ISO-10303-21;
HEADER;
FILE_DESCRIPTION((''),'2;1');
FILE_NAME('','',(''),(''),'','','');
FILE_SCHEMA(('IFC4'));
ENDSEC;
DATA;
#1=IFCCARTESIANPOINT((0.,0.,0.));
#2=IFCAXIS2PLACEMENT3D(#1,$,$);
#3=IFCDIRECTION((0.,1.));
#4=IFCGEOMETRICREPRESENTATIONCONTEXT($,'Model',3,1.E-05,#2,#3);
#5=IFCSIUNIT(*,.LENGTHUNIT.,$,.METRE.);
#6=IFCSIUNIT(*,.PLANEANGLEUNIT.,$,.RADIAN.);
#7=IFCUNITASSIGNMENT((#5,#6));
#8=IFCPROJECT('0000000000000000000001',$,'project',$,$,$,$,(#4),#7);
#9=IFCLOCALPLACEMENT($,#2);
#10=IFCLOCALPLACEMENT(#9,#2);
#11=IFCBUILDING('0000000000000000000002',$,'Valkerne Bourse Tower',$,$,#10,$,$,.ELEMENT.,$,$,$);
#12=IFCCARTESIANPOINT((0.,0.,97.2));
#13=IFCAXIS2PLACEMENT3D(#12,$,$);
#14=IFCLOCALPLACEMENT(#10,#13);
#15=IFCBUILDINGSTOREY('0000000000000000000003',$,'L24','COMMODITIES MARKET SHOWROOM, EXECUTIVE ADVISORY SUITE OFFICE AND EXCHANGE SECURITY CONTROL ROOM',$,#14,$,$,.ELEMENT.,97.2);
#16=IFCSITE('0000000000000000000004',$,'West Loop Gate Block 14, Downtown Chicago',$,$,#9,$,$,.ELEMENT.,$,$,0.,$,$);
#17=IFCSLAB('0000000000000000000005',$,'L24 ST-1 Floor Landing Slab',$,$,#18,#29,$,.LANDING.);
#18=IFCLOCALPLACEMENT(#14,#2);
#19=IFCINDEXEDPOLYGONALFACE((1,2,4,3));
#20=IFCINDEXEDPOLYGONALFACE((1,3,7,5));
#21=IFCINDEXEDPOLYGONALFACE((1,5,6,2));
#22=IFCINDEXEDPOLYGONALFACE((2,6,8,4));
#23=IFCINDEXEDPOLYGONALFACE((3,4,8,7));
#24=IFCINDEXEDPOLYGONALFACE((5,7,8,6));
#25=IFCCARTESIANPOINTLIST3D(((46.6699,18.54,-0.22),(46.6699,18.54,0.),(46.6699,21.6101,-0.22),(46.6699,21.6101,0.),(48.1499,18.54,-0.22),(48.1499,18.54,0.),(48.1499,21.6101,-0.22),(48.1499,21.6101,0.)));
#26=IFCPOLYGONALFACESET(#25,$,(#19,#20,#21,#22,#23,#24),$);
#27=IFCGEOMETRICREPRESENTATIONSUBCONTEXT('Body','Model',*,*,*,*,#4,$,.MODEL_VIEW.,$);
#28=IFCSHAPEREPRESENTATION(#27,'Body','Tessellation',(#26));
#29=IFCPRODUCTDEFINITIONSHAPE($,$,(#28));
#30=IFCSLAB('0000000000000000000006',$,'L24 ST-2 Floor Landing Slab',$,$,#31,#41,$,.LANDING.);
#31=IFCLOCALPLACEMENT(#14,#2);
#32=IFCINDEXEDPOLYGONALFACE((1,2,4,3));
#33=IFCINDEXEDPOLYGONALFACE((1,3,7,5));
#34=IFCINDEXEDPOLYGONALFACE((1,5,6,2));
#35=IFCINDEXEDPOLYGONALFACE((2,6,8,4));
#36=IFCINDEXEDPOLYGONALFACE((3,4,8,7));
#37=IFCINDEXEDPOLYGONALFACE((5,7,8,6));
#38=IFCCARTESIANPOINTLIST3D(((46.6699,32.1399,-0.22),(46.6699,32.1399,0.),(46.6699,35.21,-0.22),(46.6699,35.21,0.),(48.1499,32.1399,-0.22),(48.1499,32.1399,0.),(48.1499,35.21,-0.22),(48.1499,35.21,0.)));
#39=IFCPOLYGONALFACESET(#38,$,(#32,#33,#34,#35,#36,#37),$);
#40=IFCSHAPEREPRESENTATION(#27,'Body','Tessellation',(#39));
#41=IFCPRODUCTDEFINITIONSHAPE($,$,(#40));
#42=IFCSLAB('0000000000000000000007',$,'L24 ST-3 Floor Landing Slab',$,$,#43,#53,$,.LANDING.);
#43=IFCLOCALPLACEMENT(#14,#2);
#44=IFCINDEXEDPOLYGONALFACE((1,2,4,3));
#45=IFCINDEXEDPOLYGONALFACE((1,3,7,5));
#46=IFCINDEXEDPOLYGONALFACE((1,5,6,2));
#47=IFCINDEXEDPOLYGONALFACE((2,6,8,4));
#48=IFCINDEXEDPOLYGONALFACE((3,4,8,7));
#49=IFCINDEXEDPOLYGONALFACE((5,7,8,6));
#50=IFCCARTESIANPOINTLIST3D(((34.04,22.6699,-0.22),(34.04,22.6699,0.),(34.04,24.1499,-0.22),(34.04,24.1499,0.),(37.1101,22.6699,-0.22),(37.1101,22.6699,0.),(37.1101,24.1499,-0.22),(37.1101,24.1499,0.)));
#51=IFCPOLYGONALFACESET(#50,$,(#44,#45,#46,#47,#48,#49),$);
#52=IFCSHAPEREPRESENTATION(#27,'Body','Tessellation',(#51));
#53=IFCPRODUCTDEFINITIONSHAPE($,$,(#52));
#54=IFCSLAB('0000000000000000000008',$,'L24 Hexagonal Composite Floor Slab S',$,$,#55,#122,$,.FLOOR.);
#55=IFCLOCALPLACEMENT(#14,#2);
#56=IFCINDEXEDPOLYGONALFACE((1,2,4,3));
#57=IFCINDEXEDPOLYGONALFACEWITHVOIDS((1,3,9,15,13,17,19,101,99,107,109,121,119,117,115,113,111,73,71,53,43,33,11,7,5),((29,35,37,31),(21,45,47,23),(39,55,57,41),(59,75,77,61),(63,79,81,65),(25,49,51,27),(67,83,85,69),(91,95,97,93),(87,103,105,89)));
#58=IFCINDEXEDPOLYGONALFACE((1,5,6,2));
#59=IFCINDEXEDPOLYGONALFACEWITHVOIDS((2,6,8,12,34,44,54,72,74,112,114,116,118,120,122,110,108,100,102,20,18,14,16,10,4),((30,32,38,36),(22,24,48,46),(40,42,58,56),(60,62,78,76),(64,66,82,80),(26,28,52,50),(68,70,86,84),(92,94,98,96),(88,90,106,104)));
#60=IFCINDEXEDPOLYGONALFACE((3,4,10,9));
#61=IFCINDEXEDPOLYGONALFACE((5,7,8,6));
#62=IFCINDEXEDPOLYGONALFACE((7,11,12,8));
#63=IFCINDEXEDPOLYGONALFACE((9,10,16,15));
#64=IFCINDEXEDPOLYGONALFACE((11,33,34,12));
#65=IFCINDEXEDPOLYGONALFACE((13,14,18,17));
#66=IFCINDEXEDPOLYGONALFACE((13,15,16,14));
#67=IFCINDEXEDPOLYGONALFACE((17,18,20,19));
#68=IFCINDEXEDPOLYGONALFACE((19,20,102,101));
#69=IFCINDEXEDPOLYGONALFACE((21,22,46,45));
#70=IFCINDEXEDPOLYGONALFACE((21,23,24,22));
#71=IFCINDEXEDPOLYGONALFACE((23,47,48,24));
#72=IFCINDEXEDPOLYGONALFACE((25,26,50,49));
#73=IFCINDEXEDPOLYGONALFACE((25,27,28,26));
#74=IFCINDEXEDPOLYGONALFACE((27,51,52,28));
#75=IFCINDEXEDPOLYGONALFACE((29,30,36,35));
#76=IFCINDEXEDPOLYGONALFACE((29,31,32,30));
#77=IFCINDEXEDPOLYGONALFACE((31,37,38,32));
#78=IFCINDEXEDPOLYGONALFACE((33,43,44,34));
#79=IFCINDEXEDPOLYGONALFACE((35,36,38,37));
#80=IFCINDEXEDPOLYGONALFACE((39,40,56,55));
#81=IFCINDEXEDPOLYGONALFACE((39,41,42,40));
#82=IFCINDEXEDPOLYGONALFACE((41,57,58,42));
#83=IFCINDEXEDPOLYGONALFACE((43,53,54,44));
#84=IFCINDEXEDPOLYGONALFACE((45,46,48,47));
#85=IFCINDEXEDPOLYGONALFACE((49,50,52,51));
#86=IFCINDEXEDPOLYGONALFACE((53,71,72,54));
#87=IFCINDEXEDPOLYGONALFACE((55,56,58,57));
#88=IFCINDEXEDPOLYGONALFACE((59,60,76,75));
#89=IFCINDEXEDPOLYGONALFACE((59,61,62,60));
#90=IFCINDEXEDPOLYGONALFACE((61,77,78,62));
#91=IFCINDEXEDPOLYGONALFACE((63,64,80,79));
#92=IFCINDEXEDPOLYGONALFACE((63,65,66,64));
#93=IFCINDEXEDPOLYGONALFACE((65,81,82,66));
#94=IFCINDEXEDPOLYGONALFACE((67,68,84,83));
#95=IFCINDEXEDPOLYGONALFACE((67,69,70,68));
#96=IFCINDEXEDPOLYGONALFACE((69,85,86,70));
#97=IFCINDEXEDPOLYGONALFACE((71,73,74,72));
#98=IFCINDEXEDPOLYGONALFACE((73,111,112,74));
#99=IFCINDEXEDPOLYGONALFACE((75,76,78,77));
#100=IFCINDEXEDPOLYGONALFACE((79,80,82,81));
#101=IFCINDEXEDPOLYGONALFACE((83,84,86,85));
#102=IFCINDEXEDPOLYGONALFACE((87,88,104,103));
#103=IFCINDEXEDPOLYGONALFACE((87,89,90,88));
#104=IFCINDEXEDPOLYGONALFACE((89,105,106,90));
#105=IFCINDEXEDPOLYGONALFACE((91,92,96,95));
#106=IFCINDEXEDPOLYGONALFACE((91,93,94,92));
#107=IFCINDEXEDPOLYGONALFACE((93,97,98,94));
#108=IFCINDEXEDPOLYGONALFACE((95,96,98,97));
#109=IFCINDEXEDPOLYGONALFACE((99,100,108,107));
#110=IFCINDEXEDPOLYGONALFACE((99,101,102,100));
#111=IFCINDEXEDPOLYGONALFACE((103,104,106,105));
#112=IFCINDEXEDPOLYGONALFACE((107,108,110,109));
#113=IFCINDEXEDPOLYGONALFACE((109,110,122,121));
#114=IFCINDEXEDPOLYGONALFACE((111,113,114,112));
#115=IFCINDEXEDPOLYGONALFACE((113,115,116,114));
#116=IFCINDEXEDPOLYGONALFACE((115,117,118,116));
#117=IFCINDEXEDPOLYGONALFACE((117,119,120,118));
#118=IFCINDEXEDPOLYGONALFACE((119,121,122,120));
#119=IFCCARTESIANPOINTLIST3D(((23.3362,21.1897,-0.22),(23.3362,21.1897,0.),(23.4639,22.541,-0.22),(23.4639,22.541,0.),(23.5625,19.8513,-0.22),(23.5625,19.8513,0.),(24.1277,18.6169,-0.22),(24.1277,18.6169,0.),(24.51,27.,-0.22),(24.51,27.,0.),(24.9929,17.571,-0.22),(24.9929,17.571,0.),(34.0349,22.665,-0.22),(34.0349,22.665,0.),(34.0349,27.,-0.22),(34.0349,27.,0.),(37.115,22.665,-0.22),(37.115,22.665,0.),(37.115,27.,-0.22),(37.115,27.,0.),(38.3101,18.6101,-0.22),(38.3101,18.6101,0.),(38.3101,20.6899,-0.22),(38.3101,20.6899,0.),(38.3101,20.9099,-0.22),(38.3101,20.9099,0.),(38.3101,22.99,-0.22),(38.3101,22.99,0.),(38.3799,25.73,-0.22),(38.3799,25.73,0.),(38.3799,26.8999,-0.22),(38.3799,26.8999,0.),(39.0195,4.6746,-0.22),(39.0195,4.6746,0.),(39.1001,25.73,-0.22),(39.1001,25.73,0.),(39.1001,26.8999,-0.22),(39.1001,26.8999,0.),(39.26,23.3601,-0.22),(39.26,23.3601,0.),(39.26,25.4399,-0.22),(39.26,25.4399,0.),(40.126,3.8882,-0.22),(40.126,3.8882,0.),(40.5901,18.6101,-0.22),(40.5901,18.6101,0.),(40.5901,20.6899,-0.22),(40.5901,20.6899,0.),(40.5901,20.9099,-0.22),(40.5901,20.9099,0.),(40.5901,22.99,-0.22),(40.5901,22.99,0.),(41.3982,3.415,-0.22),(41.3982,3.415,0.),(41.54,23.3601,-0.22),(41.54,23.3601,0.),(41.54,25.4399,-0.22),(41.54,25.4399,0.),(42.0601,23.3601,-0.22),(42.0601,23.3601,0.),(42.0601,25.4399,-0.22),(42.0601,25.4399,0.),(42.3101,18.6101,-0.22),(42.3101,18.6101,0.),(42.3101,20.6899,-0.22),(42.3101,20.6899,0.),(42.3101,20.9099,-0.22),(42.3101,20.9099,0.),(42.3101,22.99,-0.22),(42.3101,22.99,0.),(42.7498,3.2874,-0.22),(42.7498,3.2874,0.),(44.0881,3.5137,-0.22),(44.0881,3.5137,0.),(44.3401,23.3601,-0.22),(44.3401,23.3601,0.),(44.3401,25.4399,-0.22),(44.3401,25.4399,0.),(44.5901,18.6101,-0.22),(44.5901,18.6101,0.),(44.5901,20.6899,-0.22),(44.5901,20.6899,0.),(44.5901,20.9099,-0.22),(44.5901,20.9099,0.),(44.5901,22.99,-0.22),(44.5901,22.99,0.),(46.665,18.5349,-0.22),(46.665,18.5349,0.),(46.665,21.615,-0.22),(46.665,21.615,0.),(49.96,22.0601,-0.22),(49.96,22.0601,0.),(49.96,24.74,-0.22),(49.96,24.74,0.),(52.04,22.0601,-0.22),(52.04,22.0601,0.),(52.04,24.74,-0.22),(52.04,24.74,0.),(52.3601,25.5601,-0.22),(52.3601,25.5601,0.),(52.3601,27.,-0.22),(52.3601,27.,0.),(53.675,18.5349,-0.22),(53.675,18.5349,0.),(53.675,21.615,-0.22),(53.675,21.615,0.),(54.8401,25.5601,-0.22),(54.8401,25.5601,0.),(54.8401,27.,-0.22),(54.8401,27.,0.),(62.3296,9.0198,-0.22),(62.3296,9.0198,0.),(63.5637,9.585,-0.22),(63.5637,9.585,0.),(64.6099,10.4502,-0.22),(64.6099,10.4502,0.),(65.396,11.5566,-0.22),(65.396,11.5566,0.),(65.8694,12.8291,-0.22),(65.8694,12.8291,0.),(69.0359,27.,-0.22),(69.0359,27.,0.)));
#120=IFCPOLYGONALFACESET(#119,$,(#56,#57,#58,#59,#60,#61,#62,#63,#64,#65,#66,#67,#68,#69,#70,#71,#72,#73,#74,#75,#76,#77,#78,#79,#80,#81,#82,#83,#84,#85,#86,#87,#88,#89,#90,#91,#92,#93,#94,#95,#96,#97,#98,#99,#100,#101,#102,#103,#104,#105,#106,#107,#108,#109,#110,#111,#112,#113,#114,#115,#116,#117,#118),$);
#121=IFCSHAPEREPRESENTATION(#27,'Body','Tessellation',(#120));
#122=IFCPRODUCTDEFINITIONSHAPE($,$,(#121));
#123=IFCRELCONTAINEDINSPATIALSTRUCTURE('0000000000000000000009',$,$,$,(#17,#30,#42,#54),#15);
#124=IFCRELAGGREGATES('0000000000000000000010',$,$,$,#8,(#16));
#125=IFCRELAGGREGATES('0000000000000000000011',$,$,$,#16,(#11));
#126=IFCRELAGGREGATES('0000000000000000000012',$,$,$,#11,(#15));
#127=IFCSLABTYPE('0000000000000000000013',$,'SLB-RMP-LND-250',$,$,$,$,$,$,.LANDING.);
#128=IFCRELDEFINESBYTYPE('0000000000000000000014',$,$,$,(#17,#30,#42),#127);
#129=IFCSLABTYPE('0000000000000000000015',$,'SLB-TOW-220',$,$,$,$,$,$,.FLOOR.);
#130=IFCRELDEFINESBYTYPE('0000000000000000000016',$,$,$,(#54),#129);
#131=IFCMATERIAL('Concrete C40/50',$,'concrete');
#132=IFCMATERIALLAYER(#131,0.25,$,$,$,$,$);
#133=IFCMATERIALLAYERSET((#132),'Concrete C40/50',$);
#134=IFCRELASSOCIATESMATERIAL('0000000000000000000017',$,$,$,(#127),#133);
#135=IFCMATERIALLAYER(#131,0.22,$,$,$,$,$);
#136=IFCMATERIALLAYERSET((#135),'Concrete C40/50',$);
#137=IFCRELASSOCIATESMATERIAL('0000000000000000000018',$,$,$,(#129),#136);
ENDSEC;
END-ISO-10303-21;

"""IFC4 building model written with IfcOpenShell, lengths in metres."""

from ifc_helpers import new_model, si_unit, direction, frame, origin, place, context, subcontext, project, spatial, polyline, outline, extrude, material, layer, layer_set, type_object, element, save


model = new_model("IFC4")

# Units and contexts
model_context = context("Model", 3, precision=1e-05, world=origin(), true_north=direction((0.0, 1.0)))
body_context = subcontext(model_context, "Body", "Model", "MODEL_VIEW")
ifc_project = project(units=[si_unit("LENGTHUNIT", "METRE"), si_unit("PLANEANGLEUNIT", "RADIAN")], contexts=[model_context])

# Site, building, storey
site_placement = place(None, origin())
site = spatial("IfcSite", under=ifc_project, at=site_placement, Name="West Loop Gate Block 14, Downtown Chicago", CompositionType="ELEMENT", RefElevation=0.0)
building_placement = place(site_placement, origin())
building = spatial("IfcBuilding", under=site, at=building_placement, Name="Valkerne Bourse Tower", CompositionType="ELEMENT")
storey_placement = place(building_placement, frame((0.0, 0.0, 97.2)))
storey = spatial("IfcBuildingStorey", under=building, at=storey_placement, Name="L24", Description="COMMODITIES MARKET SHOWROOM, EXECUTIVE ADVISORY SUITE OFFICE AND EXCHANGE SECURITY CONTROL ROOM", CompositionType="ELEMENT", Elevation=97.2)

# Slabs
ifc_material_1 = material(Name="Concrete C40/50", Category="concrete")
ifc_layer_1 = layer(ifc_material_1, 0.25)
ifc_layer_set_1 = layer_set([ifc_layer_1], Name="Concrete C40/50")
slab_type_1 = type_object("IfcSlabType", Name="SLB-RMP-LND-250", PredefinedType="LANDING", material=ifc_layer_set_1)
slab_1_placement = place(storey_placement, frame((0.0, 0.0, -0.22)))
element("IfcSlab", 1, at=slab_1_placement, inside=storey, type_object=slab_type_1, Name="L24 ST-1 Floor Landing Slab", PredefinedType="LANDING", context=body_context, shape_type="SweptSolid", body=[
    extrude(outline(polyline([(46.6699, 18.54), (48.1499, 18.54), (48.1499, 21.6101), (46.6699, 21.6101), (46.6699, 18.54)])), origin(), (0.0, 0.0, 1.0), 0.22),
])
slab_2_placement = place(storey_placement, frame((0.0, 0.0, -0.22)))
element("IfcSlab", 2, at=slab_2_placement, inside=storey, type_object=slab_type_1, Name="L24 ST-2 Floor Landing Slab", PredefinedType="LANDING", context=body_context, shape_type="SweptSolid", body=[
    extrude(outline(polyline([(46.6699, 32.1399), (48.1499, 32.1399), (48.1499, 35.21), (46.6699, 35.21), (46.6699, 32.1399)])), origin(), (0.0, 0.0, 1.0), 0.22),
])
slab_3_placement = place(storey_placement, frame((0.0, 0.0, -0.22)))
element("IfcSlab", 3, at=slab_3_placement, inside=storey, type_object=slab_type_1, Name="L24 ST-3 Floor Landing Slab", PredefinedType="LANDING", context=body_context, shape_type="SweptSolid", body=[
    extrude(outline(polyline([(37.1101, 22.6699), (37.1101, 24.1499), (34.04, 24.1499), (34.04, 22.6699), (37.1101, 22.6699)])), origin(), (0.0, 0.0, 1.0), 0.22),
])
ifc_layer_2 = layer(ifc_material_1, 0.22)
ifc_layer_set_2 = layer_set([ifc_layer_2], Name="Concrete C40/50")
slab_type_2 = type_object("IfcSlabType", Name="SLB-TOW-220", PredefinedType="FLOOR", material=ifc_layer_set_2)
slab_4_placement = place(storey_placement, frame((0.0, 0.0, -0.22)))
element("IfcSlab", 4, at=slab_4_placement, inside=storey, type_object=slab_type_2, Name="L24 Hexagonal Composite Floor Slab S", PredefinedType="FLOOR", context=body_context, shape_type="SweptSolid", body=[
    extrude(outline(polyline([(65.396, 11.5566), (64.6099, 10.4502), (63.5637, 9.585), (62.3296, 9.0198), (44.0881, 3.5137), (42.7498, 3.2874), (41.3982, 3.415), (40.126, 3.8882), (39.0195, 4.6746), (24.9929, 17.571), (24.1277, 18.6169), (23.5625, 19.8513), (23.3362, 21.1897), (23.4639, 22.541), (24.51, 27.0), (34.0349, 27.0), (34.0349, 22.665), (37.115, 22.665), (37.115, 27.0), (52.3601, 27.0), (52.3601, 25.5601), (54.8401, 25.5601), (54.8401, 27.0), (69.0359, 27.0), (65.8694, 12.8291), (65.396, 11.5566)]), holes=[polyline([(40.5901, 20.6899), (38.3101, 20.6899), (38.3101, 18.6101), (40.5901, 18.6101), (40.5901, 20.6899)]), polyline([(40.5901, 22.99), (38.3101, 22.99), (38.3101, 20.9099), (40.5901, 20.9099), (40.5901, 22.99)]), polyline([(41.54, 25.4399), (39.26, 25.4399), (39.26, 23.3601), (41.54, 23.3601), (41.54, 25.4399)]), polyline([(39.1001, 25.73), (39.1001, 26.8999), (38.3799, 26.8999), (38.3799, 25.73), (39.1001, 25.73)]), polyline([(44.5901, 20.6899), (42.3101, 20.6899), (42.3101, 18.6101), (44.5901, 18.6101), (44.5901, 20.6899)]), polyline([(53.675, 21.615), (46.665, 21.615), (46.665, 18.5349), (53.675, 18.5349), (53.675, 21.615)]), polyline([(44.5901, 22.99), (42.3101, 22.99), (42.3101, 20.9099), (44.5901, 20.9099), (44.5901, 22.99)]), polyline([(52.04, 22.0601), (52.04, 24.74), (49.96, 24.74), (49.96, 22.0601), (52.04, 22.0601)]), polyline([(44.3401, 23.3601), (44.3401, 25.4399), (42.0601, 25.4399), (42.0601, 23.3601), (44.3401, 23.3601)])]), origin(), (0.0, 0.0, 1.0), 0.22),
])

save(model, "model.ifc")
